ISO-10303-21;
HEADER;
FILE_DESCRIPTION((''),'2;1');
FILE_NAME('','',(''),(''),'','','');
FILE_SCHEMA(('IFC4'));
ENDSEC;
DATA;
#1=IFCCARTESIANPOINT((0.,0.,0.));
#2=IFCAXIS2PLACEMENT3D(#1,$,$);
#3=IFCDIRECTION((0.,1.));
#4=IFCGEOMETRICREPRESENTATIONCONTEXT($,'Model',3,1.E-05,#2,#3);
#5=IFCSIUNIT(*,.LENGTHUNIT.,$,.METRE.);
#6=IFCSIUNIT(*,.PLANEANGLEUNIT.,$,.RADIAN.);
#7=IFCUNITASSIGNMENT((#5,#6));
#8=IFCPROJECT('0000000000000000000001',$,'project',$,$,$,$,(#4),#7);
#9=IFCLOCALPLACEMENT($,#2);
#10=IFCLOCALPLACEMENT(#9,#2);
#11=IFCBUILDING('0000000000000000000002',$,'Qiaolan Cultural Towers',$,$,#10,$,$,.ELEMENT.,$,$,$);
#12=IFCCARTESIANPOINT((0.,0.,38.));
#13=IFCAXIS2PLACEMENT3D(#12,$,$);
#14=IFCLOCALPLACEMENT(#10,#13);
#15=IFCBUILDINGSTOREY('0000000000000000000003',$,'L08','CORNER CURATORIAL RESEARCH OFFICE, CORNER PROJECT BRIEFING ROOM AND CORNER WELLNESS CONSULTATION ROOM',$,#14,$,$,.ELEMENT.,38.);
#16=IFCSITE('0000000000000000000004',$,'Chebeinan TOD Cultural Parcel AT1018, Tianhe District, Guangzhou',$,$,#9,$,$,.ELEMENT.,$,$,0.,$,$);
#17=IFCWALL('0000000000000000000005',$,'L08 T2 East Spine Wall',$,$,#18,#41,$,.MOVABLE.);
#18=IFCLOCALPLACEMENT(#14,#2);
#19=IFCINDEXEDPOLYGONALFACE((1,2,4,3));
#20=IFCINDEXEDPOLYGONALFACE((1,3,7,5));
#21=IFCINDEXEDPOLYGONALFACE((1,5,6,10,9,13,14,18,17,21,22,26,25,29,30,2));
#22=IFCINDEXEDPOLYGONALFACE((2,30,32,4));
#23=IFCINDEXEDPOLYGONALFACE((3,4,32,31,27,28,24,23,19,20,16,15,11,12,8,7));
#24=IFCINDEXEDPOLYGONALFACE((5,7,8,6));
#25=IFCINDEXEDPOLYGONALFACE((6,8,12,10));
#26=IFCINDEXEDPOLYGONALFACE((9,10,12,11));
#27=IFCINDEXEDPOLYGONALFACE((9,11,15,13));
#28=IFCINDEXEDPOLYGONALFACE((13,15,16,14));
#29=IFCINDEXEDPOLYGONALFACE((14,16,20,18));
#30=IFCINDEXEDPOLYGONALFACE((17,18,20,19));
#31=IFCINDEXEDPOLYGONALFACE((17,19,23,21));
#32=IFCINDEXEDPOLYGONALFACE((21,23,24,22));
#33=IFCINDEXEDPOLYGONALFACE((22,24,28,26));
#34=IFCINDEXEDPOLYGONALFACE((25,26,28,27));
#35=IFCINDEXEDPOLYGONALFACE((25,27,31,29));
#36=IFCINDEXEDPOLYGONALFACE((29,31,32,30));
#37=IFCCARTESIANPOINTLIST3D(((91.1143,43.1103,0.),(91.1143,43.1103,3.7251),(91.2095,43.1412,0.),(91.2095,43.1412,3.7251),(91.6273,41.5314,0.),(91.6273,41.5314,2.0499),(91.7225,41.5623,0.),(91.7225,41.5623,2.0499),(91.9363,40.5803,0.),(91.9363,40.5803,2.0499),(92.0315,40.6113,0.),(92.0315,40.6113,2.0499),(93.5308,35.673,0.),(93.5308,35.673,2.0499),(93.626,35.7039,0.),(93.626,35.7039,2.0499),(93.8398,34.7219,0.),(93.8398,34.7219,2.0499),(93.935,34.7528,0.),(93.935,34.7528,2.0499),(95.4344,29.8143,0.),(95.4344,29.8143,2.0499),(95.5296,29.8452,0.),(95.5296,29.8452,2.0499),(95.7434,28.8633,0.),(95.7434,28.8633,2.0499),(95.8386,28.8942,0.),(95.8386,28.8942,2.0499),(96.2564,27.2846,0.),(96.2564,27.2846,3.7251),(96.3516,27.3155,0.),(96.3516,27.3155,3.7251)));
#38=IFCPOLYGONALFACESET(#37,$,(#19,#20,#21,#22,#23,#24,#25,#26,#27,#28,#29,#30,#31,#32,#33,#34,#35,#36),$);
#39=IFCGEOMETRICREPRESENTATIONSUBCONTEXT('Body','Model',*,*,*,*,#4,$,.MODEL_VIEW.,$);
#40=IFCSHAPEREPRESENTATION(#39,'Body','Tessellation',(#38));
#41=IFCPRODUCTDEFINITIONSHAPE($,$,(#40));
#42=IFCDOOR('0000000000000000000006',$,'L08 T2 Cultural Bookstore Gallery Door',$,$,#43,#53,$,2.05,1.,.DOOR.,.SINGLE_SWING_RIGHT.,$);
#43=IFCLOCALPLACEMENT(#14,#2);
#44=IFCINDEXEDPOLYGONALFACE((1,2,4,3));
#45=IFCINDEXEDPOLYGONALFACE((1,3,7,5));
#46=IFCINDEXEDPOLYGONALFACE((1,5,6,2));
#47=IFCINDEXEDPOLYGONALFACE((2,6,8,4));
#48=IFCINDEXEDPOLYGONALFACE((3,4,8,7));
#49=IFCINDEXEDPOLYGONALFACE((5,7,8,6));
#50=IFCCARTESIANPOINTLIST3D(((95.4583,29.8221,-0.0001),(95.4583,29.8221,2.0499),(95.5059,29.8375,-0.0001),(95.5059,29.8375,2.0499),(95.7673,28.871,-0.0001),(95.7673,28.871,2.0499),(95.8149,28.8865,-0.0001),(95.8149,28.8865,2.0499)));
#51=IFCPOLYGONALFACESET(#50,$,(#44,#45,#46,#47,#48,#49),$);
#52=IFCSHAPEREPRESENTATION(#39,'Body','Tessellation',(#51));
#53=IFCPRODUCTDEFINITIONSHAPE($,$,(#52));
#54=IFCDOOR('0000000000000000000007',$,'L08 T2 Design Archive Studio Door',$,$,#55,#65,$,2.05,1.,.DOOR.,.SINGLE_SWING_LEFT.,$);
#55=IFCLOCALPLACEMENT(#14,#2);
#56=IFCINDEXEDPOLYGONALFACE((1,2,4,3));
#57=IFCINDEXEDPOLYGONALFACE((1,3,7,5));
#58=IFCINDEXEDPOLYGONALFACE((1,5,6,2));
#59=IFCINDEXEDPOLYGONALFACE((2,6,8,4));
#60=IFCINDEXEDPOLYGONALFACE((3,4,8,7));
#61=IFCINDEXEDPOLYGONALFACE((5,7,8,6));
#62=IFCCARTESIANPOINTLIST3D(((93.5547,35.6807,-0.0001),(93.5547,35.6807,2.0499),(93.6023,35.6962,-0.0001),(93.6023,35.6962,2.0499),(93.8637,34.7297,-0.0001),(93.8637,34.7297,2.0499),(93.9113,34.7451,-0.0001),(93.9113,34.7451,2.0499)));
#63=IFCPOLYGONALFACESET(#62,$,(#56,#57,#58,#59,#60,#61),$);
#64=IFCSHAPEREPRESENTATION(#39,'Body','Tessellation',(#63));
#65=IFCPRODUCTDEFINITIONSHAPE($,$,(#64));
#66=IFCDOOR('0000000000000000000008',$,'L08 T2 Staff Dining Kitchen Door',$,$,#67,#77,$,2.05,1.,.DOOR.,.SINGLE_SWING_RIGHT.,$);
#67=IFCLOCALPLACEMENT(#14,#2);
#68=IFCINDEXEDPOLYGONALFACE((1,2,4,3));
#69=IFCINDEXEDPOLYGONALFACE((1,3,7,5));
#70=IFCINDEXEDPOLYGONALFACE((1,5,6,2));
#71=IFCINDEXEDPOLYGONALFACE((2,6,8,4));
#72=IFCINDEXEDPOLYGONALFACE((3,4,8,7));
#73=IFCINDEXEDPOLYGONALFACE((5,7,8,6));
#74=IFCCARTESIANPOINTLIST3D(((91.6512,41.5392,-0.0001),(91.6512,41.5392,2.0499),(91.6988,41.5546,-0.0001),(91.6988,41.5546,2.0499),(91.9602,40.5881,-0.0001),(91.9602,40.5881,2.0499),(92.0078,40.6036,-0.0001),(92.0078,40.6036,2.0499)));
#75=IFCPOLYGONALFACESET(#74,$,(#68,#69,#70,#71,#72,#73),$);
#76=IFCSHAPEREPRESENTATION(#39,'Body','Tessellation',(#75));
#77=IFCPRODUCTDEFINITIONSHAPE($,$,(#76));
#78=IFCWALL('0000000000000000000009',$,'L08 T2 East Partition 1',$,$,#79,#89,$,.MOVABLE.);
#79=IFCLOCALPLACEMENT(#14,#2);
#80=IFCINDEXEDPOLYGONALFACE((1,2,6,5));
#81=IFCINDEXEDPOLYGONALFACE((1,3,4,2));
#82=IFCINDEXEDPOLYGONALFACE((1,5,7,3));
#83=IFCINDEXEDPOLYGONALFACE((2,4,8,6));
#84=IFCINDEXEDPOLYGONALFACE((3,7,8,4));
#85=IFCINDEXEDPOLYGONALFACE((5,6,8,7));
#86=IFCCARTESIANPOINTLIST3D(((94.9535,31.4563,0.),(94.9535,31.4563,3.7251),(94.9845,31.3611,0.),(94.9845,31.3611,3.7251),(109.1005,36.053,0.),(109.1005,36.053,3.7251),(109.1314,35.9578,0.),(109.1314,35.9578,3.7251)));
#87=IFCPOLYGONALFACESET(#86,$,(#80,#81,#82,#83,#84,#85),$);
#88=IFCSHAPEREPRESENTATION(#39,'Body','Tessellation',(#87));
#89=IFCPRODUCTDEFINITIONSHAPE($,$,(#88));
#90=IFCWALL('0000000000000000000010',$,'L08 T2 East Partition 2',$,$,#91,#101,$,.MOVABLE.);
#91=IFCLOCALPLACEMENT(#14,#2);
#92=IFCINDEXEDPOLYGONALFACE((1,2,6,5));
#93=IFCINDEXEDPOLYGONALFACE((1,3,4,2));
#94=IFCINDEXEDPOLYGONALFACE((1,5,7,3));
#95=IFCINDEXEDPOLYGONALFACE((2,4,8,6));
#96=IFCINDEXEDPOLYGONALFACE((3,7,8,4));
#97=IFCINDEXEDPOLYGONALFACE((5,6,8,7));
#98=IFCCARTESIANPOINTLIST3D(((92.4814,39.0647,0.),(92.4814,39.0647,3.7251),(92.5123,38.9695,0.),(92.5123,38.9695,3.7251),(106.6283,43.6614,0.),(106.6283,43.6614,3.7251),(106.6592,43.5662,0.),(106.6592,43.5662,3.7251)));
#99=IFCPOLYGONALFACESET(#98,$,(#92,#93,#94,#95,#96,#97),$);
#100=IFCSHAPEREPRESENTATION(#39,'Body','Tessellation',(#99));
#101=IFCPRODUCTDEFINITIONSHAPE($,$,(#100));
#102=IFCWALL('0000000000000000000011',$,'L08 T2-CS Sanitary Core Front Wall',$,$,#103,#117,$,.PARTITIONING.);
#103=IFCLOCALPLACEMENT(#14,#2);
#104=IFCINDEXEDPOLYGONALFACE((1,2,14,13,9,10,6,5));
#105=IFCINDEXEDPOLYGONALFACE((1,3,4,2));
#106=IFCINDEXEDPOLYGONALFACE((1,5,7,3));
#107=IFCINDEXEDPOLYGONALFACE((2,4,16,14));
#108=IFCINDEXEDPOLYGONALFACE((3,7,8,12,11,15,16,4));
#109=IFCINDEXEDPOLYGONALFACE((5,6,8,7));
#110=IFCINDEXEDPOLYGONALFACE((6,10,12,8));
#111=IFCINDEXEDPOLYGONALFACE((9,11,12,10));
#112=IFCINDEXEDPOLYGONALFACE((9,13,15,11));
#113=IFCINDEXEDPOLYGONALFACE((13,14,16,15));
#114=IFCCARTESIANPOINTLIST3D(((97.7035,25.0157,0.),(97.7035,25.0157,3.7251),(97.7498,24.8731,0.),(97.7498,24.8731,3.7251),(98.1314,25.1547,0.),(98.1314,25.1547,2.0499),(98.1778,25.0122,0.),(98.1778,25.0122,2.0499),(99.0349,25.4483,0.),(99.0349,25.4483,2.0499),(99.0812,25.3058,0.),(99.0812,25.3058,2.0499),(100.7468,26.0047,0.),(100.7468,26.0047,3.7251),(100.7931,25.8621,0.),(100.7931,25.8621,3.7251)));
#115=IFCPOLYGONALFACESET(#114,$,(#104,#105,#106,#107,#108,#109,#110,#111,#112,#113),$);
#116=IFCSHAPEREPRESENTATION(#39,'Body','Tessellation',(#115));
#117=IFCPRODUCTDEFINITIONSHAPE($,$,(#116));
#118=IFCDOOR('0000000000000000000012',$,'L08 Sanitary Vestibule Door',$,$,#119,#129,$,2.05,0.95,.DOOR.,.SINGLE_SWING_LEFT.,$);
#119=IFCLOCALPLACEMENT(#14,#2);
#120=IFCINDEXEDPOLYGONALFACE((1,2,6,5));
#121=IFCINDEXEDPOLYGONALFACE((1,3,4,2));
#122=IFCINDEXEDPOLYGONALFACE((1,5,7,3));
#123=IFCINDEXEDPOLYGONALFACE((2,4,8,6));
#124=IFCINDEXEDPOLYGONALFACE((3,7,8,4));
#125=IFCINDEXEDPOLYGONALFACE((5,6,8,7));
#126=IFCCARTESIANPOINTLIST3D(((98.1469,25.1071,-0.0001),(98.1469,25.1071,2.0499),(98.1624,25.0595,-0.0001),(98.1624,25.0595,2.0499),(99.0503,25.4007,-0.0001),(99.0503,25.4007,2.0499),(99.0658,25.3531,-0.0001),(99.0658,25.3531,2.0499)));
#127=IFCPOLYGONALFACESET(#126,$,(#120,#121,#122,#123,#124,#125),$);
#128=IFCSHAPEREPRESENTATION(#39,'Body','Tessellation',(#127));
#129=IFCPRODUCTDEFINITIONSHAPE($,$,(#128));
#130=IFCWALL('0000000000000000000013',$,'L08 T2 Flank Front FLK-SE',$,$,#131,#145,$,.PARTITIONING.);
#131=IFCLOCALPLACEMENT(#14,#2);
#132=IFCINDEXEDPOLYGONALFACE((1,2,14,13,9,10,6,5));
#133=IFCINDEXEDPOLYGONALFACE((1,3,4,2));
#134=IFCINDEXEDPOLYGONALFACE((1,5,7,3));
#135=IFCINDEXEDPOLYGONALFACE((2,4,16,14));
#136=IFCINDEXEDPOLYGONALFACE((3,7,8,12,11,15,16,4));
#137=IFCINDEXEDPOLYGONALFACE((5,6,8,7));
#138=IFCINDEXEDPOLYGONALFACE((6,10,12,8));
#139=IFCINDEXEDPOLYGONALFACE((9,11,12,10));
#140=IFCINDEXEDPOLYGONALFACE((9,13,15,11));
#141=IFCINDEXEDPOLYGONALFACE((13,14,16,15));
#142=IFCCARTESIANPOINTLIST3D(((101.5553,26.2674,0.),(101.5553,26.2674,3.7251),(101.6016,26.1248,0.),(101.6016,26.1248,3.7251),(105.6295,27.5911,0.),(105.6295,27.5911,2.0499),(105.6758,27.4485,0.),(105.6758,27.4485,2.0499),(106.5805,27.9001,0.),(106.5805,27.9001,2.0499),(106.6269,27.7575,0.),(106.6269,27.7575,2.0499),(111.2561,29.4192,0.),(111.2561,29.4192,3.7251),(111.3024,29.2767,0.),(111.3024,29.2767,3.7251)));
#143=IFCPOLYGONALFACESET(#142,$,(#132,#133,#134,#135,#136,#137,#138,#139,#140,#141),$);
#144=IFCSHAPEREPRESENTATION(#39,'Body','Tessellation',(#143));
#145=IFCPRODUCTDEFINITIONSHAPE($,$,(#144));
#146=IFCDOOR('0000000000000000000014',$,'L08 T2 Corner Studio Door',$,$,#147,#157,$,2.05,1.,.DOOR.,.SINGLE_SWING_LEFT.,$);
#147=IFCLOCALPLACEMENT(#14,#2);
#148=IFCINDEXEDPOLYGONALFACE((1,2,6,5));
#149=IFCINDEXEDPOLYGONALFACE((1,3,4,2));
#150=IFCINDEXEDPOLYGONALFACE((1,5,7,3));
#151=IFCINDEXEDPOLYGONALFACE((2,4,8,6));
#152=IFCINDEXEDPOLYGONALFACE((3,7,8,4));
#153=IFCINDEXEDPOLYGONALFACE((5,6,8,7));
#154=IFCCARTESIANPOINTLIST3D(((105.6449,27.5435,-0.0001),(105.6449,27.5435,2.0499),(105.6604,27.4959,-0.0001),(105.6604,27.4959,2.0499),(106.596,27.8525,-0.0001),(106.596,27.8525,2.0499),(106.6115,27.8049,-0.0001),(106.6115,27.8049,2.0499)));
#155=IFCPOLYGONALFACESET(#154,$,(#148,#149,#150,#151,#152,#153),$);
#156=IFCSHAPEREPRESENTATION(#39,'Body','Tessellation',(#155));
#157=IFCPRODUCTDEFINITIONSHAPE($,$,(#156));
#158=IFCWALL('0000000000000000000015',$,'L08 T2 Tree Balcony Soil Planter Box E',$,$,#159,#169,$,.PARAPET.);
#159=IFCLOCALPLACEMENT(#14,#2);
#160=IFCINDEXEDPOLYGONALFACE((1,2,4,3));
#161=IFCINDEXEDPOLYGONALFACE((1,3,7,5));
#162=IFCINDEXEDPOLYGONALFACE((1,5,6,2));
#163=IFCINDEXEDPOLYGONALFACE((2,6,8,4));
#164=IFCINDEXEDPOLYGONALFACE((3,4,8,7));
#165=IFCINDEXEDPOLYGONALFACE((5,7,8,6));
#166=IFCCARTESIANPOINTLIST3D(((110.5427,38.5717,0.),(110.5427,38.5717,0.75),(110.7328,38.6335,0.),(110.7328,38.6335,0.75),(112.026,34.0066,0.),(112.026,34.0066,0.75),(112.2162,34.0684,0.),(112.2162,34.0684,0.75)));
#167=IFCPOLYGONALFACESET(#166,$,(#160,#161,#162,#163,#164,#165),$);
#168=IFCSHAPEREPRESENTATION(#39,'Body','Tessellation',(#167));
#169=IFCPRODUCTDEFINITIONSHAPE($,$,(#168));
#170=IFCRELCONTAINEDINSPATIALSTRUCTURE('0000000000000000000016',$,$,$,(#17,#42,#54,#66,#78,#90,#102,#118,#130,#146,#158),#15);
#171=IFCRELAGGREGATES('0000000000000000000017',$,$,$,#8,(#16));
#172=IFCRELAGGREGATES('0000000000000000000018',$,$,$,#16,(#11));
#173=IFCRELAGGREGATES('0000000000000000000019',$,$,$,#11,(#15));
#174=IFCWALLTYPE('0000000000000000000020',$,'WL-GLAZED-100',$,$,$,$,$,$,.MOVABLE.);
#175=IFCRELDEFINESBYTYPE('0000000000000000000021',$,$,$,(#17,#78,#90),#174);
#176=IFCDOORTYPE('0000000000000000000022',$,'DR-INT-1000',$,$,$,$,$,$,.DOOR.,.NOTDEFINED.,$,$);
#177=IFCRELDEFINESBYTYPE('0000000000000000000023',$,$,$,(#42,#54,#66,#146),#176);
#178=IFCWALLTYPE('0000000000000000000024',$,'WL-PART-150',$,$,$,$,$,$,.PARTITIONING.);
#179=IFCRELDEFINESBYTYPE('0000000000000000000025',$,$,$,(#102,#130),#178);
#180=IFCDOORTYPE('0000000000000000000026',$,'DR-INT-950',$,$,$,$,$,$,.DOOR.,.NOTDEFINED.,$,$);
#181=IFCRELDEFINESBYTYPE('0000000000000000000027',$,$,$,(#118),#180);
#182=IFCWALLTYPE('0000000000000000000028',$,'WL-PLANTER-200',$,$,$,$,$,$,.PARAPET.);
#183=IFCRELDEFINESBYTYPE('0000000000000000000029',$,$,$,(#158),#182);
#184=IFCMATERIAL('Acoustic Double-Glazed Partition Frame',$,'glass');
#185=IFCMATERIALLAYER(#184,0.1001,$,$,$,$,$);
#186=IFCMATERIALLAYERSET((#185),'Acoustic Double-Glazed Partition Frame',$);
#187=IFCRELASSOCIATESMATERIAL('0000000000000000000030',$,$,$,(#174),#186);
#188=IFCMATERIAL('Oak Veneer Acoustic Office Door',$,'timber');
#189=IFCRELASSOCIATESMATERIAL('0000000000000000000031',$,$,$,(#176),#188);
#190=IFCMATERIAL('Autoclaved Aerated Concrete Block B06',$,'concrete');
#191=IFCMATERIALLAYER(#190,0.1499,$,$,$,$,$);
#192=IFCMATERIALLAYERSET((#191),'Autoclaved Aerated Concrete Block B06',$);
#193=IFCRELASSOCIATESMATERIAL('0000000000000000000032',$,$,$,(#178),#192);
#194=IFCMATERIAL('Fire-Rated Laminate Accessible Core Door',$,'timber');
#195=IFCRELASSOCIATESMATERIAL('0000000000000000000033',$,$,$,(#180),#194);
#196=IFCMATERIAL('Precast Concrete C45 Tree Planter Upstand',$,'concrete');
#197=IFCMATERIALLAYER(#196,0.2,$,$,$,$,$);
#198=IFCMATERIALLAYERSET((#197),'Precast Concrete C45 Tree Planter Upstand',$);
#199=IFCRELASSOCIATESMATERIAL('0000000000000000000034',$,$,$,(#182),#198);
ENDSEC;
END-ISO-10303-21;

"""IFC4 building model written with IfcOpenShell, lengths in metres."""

from ifc_helpers import new_model, si_unit, direction, frame, frame_2d, origin, place, context, subcontext, project, spatial, rectangle, extrude, material, layer, layer_set, type_object, element, fill, save


model = new_model("IFC4")

# Units and contexts
model_context = context("Model", 3, precision=1e-05, world=origin(), true_north=direction((0.0, 1.0)))
body_context = subcontext(model_context, "Body", "Model", "MODEL_VIEW")
ifc_project = project(units=[si_unit("LENGTHUNIT", "METRE"), si_unit("PLANEANGLEUNIT", "RADIAN")], contexts=[model_context])

# Site, building, storey
site_placement = place(None, origin())
site = spatial("IfcSite", under=ifc_project, at=site_placement, Name="Chebeinan TOD Cultural Parcel AT1018, Tianhe District, Guangzhou", CompositionType="ELEMENT", RefElevation=0.0)
building_placement = place(site_placement, origin())
building = spatial("IfcBuilding", under=site, at=building_placement, Name="Qiaolan Cultural Towers", CompositionType="ELEMENT")
storey_placement = place(building_placement, frame((0.0, 0.0, 38.0)))
storey = spatial("IfcBuildingStorey", under=building, at=storey_placement, Name="L08", Description="CORNER CURATORIAL RESEARCH OFFICE, CORNER PROJECT BRIEFING ROOM AND CORNER WELLNESS CONSULTATION ROOM", CompositionType="ELEMENT", Elevation=38.0)

# Shared definitions
ifc_material_1 = material(Name="Acoustic Double-Glazed Partition Frame", Category="glass")
ifc_layer_1 = layer(ifc_material_1, 0.1001)
ifc_layer_set_1 = layer_set([ifc_layer_1], Name="Acoustic Double-Glazed Partition Frame")
wall_type_1 = type_object("IfcWallType", Name="WL-GLAZED-100", PredefinedType="MOVABLE", material=ifc_layer_set_1)

# Wall, openings, doors
ifc_material_2 = material(Name="Oak Veneer Acoustic Office Door", Category="timber")
door_type_1 = type_object("IfcDoorType", Name="DR-INT-1000", OperationType="NOTDEFINED", PredefinedType="DOOR", material=ifc_material_2)
wall_1_placement = place(storey_placement, frame((96.304, 27.3, 0.0), z_axis=(0.0, 0.0, 1.0), x_axis=(-0.309018, 0.951056, 0.0)))
wall_1 = element("IfcWall", 1, at=wall_1_placement, inside=storey, type_object=wall_type_1, Name="L08 T2 East Spine Wall", PredefinedType="MOVABLE", context=body_context, shape_type="SweptSolid", body=[
    extrude(rectangle(XDim=16.6401, YDim=0.1001, at=frame_2d((8.3201, 0.0))), origin(), (0.0, 0.0, 1.0), 3.7251),
])
opening_1_placement = place(wall_1_placement, frame((1.6599, 0.0, 0.0)))
opening_1 = element("IfcOpeningElement", 2, at=opening_1_placement, cuts=wall_1, PredefinedType="OPENING", context=body_context, shape_type="SweptSolid", body=[
    extrude(rectangle(XDim=1.0, YDim=2.05, at=frame_2d((0.5, 1.0249))), frame((0.0, 0.0601, 0.0), z_axis=(0.0, -1.0, 0.0), x_axis=(1.0, 0.0, 0.0)), (0.0, 0.0, 1.0), 0.1201),
])
opening_2_placement = place(wall_1_placement, frame((7.8201, 0.0, 0.0)))
opening_2 = element("IfcOpeningElement", 3, at=opening_2_placement, cuts=wall_1, PredefinedType="OPENING", context=body_context, shape_type="SweptSolid", body=[
    extrude(rectangle(XDim=1.0, YDim=2.05, at=frame_2d((0.5, 1.0249))), frame((0.0, 0.0601, 0.0), z_axis=(0.0, -1.0, 0.0), x_axis=(1.0, 0.0, 0.0)), (0.0, 0.0, 1.0), 0.1201),
])
opening_3_placement = place(wall_1_placement, frame((13.98, 0.0, 0.0)))
opening_3 = element("IfcOpeningElement", 4, at=opening_3_placement, cuts=wall_1, PredefinedType="OPENING", context=body_context, shape_type="SweptSolid", body=[
    extrude(rectangle(XDim=1.0, YDim=2.05, at=frame_2d((0.5, 1.0249))), frame((0.0, 0.0601, 0.0), z_axis=(0.0, -1.0, 0.0), x_axis=(1.0, 0.0, 0.0)), (0.0, 0.0, 1.0), 0.1201),
])
door_1_placement = place(opening_1_placement, origin())
door_1 = element("IfcDoor", 5, at=door_1_placement, inside=storey, type_object=door_type_1, Name="L08 T2 Cultural Bookstore Gallery Door", OperationType="SINGLE_SWING_RIGHT", OverallHeight=2.05, OverallWidth=1.0, PredefinedType="DOOR", context=body_context, shape_type="SweptSolid", body=[
    extrude(rectangle(XDim=1.0, YDim=2.05, at=frame_2d((0.5, 1.0249))), frame((0.0, 0.0249, 0.0), z_axis=(0.0, -1.0, 0.0), x_axis=(1.0, 0.0, 0.0)), (0.0, 0.0, 1.0), 0.05),
])
fill(opening_1, door_1)
door_2_placement = place(opening_2_placement, origin())
door_2 = element("IfcDoor", 6, at=door_2_placement, inside=storey, type_object=door_type_1, Name="L08 T2 Design Archive Studio Door", OperationType="SINGLE_SWING_LEFT", OverallHeight=2.05, OverallWidth=1.0, PredefinedType="DOOR", context=body_context, shape_type="SweptSolid", body=[
    extrude(rectangle(XDim=1.0, YDim=2.05, at=frame_2d((0.5, 1.0249))), frame((0.0, 0.0249, 0.0), z_axis=(0.0, -1.0, 0.0), x_axis=(1.0, 0.0, 0.0)), (0.0, 0.0, 1.0), 0.05),
])
fill(opening_2, door_2)
door_3_placement = place(opening_3_placement, origin())
door_3 = element("IfcDoor", 7, at=door_3_placement, inside=storey, type_object=door_type_1, Name="L08 T2 Staff Dining Kitchen Door", OperationType="SINGLE_SWING_RIGHT", OverallHeight=2.05, OverallWidth=1.0, PredefinedType="DOOR", context=body_context, shape_type="SweptSolid", body=[
    extrude(rectangle(XDim=1.0, YDim=2.05, at=frame_2d((0.5, 1.0249))), frame((0.0, 0.0249, 0.0), z_axis=(0.0, -1.0, 0.0), x_axis=(1.0, 0.0, 0.0)), (0.0, 0.0, 1.0), 0.05),
])
fill(opening_3, door_3)

# Walls
for number, where, z_axis, x_axis, name in (
    (8, (94.969, 31.4087, 0.0), (0.0, 0.0, 1.0), (0.951056, 0.30902, 0.0), "L08 T2 East Partition 1"),
    (9, (92.4968, 39.0171, 0.0), (0.0, 0.0, 1.0), (0.951056, 0.30902, 0.0), "L08 T2 East Partition 2"),
):
    element("IfcWall", number, at=place(storey_placement, frame(where, z_axis=z_axis, x_axis=x_axis)), inside=storey, type_object=wall_type_1, Name=name, PredefinedType="MOVABLE", context=body_context, shape_type="SweptSolid", body=[
        extrude(rectangle(XDim=14.875, YDim=0.1001, at=frame_2d((7.4375, 0.0))), origin(), (0.0, 0.0, 1.0), 3.7251),
    ])

# Walls, openings, doors
ifc_material_3 = material(Name="Autoclaved Aerated Concrete Block B06", Category="concrete")
ifc_layer_2 = layer(ifc_material_3, 0.1499)
ifc_layer_set_2 = layer_set([ifc_layer_2], Name="Autoclaved Aerated Concrete Block B06")
wall_type_2 = type_object("IfcWallType", Name="WL-PART-150", PredefinedType="PARTITIONING", material=ifc_layer_set_2)
wall_2_placement = place(storey_placement, frame((97.7266, 24.9443, 0.0), z_axis=(0.0, 0.0, 1.0), x_axis=(0.951037, 0.309077, 0.0)))
wall_2 = element("IfcWall", 10, at=wall_2_placement, inside=storey, type_object=wall_type_2, Name="L08 T2-CS Sanitary Core Front Wall", PredefinedType="PARTITIONING", context=body_context, shape_type="SweptSolid", body=[
    extrude(rectangle(XDim=3.2, YDim=0.1499, at=frame_2d((1.6001, 0.0))), origin(), (0.0, 0.0, 1.0), 3.7251),
])
opening_4_placement = place(wall_2_placement, frame((0.45, 0.0, 0.0)))
opening_4 = element("IfcOpeningElement", 11, at=opening_4_placement, cuts=wall_2, PredefinedType="OPENING", context=body_context, shape_type="SweptSolid", body=[
    extrude(rectangle(XDim=0.95, YDim=2.05, at=frame_2d((0.4751, 1.0249))), frame((0.0, 0.085, 0.0), z_axis=(0.0, -1.0, 0.0), x_axis=(1.0, 0.0, 0.0)), (0.0, 0.0, 1.0), 0.1699),
])
ifc_material_4 = material(Name="Fire-Rated Laminate Accessible Core Door", Category="timber")
door_type_2 = type_object("IfcDoorType", Name="DR-INT-950", OperationType="NOTDEFINED", PredefinedType="DOOR", material=ifc_material_4)
door_4_placement = place(opening_4_placement, origin())
door_4 = element("IfcDoor", 12, at=door_4_placement, inside=storey, type_object=door_type_2, Name="L08 Sanitary Vestibule Door", OperationType="SINGLE_SWING_LEFT", OverallHeight=2.05, OverallWidth=0.95, PredefinedType="DOOR", context=body_context, shape_type="SweptSolid", body=[
    extrude(rectangle(XDim=0.95, YDim=2.05, at=frame_2d((0.4751, 1.0249))), frame((0.0, 0.0249, 0.0), z_axis=(0.0, -1.0, 0.0), x_axis=(1.0, 0.0, 0.0)), (0.0, 0.0, 1.0), 0.05),
])
fill(opening_4, door_4)
wall_3_placement = place(storey_placement, frame((101.5784, 26.196, 0.0), z_axis=(0.0, 0.0, 1.0), x_axis=(0.951059, 0.309009, 0.0)))
wall_3 = element("IfcWall", 13, at=wall_3_placement, inside=storey, type_object=wall_type_2, Name="L08 T2 Flank Front FLK-SE", PredefinedType="PARTITIONING", context=body_context, shape_type="SweptSolid", body=[
    extrude(rectangle(XDim=10.2, YDim=0.1499, at=frame_2d((5.1001, 0.0))), origin(), (0.0, 0.0, 1.0), 3.7251),
])
opening_5_placement = place(wall_3_placement, frame((4.2839, 0.0, 0.0)))
opening_5 = element("IfcOpeningElement", 14, at=opening_5_placement, cuts=wall_3, PredefinedType="OPENING", context=body_context, shape_type="SweptSolid", body=[
    extrude(rectangle(XDim=1.0, YDim=2.05, at=frame_2d((0.5, 1.0249))), frame((0.0, 0.085, 0.0), z_axis=(0.0, -1.0, 0.0), x_axis=(1.0, 0.0, 0.0)), (0.0, 0.0, 1.0), 0.1699),
])
door_5_placement = place(opening_5_placement, origin())
door_5 = element("IfcDoor", 15, at=door_5_placement, inside=storey, type_object=door_type_1, Name="L08 T2 Corner Studio Door", OperationType="SINGLE_SWING_LEFT", OverallHeight=2.05, OverallWidth=1.0, PredefinedType="DOOR", context=body_context, shape_type="SweptSolid", body=[
    extrude(rectangle(XDim=1.0, YDim=2.05, at=frame_2d((0.5, 1.0249))), frame((0.0, 0.0249, 0.0), z_axis=(0.0, -1.0, 0.0), x_axis=(1.0, 0.0, 0.0)), (0.0, 0.0, 1.0), 0.05),
])
fill(opening_5, door_5)

# Wall
ifc_material_5 = material(Name="Precast Concrete C45 Tree Planter Upstand", Category="concrete")
ifc_layer_3 = layer(ifc_material_5, 0.2)
ifc_layer_set_3 = layer_set([ifc_layer_3], Name="Precast Concrete C45 Tree Planter Upstand")
wall_type_3 = type_object("IfcWallType", Name="WL-PLANTER-200", PredefinedType="PARAPET", material=ifc_layer_set_3)
wall_4_placement = place(storey_placement, frame((112.1211, 34.0376, 0.0), z_axis=(0.0, 0.0, 1.0), x_axis=(-0.309032, 0.951052, 0.0)))
element("IfcWall", 16, at=wall_4_placement, inside=storey, type_object=wall_type_3, Name="L08 T2 Tree Balcony Soil Planter Box E", PredefinedType="PARAPET", context=body_context, shape_type="SweptSolid", body=[
    extrude(rectangle(XDim=4.8, YDim=0.2, at=frame_2d((2.3999, 0.0))), origin(), (0.0, 0.0, 1.0), 0.75),
])

save(model, "model.ifc")
